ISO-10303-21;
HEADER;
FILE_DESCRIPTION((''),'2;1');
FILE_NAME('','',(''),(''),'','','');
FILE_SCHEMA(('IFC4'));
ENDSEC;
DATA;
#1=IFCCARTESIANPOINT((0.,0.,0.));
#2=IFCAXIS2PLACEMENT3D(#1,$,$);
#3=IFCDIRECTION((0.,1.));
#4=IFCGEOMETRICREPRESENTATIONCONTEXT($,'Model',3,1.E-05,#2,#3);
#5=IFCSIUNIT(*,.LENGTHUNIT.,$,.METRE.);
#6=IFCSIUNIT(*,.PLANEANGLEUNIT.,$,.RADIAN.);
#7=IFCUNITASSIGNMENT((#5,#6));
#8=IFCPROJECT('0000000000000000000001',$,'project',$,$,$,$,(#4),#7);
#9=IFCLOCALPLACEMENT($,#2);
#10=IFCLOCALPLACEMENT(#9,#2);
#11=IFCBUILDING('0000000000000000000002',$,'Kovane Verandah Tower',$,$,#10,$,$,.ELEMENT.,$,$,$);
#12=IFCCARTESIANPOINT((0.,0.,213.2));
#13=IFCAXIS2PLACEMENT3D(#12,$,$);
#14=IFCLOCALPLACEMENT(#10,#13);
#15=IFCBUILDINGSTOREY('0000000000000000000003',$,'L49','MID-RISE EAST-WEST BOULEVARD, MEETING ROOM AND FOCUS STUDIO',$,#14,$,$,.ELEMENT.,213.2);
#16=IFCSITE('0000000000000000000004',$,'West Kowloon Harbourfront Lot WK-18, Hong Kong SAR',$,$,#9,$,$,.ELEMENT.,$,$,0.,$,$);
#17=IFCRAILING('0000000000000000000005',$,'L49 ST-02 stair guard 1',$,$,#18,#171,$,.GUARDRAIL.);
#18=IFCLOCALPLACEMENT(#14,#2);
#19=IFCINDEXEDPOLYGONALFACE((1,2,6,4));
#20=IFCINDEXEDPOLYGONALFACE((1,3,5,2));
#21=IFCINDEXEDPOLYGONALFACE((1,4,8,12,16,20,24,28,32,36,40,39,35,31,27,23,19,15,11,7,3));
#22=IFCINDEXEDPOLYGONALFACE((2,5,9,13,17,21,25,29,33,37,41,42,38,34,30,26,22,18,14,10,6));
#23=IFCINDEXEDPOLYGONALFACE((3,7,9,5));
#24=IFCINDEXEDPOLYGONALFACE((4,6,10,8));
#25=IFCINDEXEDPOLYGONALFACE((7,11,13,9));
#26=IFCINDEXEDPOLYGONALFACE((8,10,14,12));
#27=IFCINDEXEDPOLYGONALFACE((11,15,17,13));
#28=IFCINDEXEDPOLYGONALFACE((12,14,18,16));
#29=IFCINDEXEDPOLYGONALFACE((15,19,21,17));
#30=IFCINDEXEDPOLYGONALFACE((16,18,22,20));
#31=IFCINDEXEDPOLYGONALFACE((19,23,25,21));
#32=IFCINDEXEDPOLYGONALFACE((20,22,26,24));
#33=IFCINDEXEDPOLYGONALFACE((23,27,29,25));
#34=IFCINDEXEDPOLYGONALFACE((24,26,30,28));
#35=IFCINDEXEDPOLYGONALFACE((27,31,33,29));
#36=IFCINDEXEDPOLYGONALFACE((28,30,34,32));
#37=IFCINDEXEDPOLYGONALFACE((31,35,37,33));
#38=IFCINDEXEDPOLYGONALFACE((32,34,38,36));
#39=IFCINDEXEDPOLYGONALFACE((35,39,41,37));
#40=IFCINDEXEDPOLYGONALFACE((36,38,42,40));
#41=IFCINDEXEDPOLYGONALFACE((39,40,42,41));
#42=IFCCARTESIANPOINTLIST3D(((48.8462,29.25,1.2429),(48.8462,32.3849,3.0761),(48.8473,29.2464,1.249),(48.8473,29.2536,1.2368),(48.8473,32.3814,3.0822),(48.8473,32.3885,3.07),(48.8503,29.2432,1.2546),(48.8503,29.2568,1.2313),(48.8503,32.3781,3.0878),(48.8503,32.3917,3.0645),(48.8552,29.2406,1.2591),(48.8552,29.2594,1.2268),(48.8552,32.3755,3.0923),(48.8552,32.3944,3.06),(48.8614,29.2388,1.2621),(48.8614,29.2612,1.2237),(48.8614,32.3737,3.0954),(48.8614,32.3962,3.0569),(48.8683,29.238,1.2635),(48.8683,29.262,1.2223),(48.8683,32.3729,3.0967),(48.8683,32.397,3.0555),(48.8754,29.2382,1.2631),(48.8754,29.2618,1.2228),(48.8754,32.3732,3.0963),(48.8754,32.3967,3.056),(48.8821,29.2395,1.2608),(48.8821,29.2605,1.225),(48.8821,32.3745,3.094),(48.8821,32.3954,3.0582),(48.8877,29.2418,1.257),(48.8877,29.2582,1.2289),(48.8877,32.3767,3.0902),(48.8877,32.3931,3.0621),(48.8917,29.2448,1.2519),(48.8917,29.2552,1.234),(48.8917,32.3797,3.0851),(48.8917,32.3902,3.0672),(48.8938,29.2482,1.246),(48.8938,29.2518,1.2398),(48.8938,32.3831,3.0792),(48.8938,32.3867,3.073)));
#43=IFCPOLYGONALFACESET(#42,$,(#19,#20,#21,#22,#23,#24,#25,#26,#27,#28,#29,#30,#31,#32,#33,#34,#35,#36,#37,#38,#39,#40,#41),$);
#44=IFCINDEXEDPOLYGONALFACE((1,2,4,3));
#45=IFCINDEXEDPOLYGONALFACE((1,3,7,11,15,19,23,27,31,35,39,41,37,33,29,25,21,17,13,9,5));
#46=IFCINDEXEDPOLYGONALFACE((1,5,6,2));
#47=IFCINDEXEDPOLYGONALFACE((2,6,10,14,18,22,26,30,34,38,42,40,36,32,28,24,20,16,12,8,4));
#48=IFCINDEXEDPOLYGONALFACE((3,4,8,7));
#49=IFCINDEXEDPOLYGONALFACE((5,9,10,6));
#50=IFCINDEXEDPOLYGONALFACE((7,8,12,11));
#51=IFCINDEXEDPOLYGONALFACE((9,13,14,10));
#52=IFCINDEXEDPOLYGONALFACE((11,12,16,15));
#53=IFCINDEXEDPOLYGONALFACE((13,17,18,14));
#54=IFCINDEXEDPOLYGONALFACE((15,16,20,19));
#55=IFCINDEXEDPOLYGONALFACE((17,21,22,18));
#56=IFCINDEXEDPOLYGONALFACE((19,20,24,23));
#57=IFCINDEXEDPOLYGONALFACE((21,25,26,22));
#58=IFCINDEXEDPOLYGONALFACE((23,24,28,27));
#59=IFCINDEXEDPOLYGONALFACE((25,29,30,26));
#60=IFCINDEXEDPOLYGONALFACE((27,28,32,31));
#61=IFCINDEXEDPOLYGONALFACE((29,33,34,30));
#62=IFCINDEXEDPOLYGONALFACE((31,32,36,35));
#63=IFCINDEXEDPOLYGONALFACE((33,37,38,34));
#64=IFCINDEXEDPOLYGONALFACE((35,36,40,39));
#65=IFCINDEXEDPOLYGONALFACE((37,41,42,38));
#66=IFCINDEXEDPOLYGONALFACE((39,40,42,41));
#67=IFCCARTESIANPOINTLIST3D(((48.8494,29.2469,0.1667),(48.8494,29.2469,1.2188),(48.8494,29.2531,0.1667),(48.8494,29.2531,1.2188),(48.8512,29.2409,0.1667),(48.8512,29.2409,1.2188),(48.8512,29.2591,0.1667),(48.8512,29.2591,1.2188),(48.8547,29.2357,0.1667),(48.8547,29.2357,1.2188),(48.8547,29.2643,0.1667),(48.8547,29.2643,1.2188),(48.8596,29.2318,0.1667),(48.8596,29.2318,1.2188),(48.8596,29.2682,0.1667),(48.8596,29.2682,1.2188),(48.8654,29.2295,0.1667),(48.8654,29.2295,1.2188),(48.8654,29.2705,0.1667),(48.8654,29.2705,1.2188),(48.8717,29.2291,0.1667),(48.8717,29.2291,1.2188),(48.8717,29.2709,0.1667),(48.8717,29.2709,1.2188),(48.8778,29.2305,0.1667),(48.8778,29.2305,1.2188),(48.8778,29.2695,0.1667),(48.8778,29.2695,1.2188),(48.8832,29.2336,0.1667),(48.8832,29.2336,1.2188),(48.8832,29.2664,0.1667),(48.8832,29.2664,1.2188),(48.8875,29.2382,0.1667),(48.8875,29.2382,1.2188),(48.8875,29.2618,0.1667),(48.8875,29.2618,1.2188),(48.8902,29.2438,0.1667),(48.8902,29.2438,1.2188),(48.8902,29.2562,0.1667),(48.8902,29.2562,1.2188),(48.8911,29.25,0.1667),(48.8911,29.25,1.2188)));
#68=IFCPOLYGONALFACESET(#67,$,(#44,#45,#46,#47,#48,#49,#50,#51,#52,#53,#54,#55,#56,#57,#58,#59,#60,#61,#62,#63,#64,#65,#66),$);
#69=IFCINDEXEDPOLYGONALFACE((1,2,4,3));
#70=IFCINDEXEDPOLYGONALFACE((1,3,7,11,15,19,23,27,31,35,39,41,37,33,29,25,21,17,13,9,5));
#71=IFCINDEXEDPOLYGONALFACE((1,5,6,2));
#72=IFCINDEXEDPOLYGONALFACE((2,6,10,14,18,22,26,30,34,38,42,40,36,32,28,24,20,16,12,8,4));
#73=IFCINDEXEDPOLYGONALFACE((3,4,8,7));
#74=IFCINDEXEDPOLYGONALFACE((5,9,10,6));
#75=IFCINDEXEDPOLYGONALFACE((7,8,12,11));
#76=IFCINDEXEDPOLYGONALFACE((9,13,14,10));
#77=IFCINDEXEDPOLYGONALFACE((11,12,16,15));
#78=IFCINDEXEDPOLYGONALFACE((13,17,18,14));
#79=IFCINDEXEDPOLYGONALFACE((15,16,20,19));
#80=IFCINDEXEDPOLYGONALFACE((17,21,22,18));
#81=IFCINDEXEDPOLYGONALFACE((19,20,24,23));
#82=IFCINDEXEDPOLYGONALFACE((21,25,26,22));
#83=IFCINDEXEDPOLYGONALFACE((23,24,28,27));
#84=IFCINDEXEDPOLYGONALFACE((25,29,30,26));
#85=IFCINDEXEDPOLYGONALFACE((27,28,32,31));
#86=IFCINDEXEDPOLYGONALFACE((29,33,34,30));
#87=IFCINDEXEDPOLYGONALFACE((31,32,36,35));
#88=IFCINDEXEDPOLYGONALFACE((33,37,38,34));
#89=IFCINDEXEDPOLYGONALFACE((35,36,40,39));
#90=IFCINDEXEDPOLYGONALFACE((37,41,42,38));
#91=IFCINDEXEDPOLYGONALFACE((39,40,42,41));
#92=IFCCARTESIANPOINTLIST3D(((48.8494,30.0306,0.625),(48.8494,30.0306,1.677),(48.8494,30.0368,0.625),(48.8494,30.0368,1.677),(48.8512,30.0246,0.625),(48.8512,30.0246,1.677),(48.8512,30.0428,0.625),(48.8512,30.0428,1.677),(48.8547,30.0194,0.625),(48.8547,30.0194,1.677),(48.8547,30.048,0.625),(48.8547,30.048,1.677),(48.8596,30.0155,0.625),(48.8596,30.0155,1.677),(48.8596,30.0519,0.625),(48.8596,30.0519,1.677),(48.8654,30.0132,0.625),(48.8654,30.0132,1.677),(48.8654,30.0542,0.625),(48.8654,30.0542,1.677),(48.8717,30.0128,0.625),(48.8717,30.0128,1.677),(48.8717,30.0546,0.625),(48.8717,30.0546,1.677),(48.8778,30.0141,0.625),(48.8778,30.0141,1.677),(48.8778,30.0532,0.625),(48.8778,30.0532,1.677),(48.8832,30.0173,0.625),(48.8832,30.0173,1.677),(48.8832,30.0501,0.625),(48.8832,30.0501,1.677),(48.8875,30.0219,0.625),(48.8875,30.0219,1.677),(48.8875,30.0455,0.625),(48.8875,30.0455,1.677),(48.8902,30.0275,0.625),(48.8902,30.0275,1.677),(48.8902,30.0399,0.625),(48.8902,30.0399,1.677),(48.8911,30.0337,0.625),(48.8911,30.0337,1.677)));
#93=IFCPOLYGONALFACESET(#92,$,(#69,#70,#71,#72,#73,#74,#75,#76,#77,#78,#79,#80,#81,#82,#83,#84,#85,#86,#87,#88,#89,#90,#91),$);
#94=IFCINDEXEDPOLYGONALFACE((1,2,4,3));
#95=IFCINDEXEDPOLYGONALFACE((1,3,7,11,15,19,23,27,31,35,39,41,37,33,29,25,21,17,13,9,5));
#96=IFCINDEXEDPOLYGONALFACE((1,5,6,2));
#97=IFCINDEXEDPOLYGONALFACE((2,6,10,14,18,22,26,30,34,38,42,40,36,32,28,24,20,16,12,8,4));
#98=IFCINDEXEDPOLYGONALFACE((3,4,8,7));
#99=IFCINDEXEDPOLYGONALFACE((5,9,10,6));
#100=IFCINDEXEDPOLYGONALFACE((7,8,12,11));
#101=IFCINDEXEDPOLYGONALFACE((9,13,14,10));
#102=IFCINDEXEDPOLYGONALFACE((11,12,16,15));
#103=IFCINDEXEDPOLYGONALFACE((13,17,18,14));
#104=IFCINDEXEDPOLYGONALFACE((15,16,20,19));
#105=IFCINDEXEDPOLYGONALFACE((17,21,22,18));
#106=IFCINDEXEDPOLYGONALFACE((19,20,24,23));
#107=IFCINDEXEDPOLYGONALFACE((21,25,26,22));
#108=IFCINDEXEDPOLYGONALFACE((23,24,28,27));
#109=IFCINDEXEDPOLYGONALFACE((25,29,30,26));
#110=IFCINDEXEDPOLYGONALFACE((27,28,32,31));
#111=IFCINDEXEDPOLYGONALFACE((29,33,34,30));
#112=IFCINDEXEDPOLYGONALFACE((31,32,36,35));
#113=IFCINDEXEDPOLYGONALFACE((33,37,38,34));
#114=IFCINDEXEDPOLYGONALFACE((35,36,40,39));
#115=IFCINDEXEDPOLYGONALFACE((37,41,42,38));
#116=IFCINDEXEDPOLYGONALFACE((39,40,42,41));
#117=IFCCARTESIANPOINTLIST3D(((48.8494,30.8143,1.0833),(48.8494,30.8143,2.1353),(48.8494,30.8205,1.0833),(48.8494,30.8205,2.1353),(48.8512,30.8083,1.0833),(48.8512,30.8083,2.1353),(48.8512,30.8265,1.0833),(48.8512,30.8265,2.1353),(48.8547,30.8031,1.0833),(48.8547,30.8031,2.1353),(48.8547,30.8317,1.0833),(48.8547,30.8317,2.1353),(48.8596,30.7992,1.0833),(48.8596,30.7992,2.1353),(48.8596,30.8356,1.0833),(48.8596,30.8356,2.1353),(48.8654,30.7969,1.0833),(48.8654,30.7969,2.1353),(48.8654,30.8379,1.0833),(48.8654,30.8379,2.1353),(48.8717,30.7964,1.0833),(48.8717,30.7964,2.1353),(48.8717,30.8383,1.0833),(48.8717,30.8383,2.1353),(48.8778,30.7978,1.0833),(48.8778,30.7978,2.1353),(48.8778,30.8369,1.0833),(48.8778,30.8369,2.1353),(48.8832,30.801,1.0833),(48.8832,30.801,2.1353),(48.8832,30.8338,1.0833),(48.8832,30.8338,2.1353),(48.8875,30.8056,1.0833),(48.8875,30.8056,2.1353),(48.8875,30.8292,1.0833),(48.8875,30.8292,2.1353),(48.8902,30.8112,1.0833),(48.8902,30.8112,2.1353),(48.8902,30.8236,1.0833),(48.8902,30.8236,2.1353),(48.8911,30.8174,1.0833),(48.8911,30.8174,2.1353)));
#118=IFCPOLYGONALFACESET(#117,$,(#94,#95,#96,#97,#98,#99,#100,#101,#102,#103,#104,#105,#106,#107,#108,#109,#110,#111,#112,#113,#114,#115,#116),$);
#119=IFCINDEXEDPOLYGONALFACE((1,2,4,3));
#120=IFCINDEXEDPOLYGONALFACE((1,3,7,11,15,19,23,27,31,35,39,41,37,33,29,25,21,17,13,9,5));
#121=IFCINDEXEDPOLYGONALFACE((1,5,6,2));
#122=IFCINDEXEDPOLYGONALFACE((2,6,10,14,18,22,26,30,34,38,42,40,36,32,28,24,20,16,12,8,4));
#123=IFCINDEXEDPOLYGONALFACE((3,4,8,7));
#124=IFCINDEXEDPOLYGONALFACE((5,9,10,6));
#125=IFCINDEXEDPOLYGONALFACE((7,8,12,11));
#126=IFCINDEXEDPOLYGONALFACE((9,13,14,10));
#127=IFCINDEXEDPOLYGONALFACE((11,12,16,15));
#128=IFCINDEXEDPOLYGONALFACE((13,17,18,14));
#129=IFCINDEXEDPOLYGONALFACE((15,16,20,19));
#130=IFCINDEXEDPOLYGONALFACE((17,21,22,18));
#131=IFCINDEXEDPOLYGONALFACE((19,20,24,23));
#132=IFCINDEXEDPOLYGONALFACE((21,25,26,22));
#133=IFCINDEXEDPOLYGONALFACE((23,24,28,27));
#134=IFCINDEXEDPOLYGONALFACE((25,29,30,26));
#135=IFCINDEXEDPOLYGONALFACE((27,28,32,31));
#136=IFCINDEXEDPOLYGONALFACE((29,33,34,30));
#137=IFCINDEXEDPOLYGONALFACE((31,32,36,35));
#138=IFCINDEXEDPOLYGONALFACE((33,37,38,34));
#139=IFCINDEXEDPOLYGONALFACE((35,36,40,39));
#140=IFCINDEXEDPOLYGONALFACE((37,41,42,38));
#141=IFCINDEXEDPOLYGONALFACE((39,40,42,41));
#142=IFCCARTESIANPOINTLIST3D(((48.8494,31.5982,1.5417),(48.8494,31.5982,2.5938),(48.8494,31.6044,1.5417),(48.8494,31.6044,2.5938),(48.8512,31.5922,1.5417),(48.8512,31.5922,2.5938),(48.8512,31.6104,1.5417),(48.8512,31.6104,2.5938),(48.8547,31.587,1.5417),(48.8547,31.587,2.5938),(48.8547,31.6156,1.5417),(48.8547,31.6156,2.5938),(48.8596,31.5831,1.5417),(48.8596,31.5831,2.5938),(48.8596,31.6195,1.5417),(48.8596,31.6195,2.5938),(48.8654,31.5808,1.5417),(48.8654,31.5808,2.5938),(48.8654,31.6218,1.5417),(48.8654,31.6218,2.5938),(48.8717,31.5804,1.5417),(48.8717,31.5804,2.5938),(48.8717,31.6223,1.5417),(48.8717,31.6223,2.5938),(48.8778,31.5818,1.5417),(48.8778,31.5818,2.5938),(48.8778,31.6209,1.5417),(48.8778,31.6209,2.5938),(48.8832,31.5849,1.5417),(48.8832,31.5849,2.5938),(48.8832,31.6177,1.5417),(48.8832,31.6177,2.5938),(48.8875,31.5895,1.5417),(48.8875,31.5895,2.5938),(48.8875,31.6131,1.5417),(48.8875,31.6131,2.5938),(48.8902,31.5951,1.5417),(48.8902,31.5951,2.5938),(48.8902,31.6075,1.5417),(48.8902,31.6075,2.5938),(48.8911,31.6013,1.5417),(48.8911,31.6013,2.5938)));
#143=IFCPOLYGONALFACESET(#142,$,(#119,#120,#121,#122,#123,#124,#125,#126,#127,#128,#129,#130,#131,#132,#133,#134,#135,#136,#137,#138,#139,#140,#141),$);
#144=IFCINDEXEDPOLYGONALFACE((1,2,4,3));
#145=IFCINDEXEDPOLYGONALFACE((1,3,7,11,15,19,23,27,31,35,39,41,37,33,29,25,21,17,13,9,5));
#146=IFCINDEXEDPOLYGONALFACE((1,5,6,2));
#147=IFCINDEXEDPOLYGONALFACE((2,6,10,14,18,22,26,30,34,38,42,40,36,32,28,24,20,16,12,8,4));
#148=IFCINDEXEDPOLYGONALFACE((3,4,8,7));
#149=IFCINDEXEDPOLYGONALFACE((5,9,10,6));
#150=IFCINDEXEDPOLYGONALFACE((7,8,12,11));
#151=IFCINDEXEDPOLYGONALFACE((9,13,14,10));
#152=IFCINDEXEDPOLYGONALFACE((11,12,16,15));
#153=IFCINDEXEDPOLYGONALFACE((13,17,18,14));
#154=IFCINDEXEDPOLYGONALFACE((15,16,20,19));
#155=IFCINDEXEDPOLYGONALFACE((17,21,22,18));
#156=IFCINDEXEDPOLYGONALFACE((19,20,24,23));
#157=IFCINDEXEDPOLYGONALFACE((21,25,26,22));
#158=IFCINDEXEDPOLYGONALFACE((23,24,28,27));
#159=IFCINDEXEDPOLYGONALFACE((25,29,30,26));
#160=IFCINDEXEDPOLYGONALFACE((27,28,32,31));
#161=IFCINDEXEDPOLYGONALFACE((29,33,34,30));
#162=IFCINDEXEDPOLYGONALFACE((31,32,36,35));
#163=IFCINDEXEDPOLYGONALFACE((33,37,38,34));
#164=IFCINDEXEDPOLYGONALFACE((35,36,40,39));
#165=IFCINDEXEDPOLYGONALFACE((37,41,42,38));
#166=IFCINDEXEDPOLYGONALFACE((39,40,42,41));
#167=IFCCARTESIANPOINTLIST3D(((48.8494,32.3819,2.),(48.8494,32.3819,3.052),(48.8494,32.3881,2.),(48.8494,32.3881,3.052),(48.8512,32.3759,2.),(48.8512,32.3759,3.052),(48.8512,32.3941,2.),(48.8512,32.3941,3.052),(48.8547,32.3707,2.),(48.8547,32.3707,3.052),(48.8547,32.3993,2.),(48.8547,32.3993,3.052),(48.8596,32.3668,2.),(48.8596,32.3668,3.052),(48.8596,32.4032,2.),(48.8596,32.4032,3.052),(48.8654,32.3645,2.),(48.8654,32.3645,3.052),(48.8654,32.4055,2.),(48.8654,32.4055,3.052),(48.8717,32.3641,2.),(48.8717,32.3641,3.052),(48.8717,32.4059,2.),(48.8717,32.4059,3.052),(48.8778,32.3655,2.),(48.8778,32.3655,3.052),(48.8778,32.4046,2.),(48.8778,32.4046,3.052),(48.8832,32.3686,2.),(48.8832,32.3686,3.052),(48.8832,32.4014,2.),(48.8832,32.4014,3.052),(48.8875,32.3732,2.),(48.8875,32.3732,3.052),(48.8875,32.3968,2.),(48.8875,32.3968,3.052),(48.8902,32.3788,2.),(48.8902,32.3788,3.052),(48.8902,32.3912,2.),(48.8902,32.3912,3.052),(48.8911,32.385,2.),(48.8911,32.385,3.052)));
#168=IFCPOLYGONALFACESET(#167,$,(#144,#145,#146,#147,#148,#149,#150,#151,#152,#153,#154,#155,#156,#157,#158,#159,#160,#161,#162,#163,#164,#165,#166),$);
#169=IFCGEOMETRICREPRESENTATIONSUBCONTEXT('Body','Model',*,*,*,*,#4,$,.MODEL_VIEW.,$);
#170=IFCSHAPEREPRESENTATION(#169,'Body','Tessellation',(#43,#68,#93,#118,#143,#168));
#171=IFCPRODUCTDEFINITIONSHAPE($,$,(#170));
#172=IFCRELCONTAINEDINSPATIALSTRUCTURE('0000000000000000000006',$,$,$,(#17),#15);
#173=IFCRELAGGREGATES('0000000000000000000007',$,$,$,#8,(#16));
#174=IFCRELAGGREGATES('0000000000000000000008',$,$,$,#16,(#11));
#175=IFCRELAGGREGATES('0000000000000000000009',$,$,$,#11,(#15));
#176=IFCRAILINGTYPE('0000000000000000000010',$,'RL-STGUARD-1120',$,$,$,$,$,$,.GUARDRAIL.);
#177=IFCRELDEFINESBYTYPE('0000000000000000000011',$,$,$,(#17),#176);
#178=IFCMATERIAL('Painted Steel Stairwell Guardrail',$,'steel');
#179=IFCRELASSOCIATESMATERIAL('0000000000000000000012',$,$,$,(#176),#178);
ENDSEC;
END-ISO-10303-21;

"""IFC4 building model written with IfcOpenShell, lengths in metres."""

from ifc_helpers import new_model, si_unit, direction, frame, origin, origin_2d, place, context, subcontext, project, spatial, circle, extrude, material, type_object, element, save


model = new_model("IFC4")

# Units and contexts
model_context = context("Model", 3, precision=1e-05, world=origin(), true_north=direction((0.0, 1.0)))
body_context = subcontext(model_context, "Body", "Model", "MODEL_VIEW")
ifc_project = project(units=[si_unit("LENGTHUNIT", "METRE"), si_unit("PLANEANGLEUNIT", "RADIAN")], contexts=[model_context])

# Site, building, storey
site_placement = place(None, origin())
site = spatial("IfcSite", under=ifc_project, at=site_placement, Name="West Kowloon Harbourfront Lot WK-18, Hong Kong SAR", CompositionType="ELEMENT", RefElevation=0.0)
building_placement = place(site_placement, origin())
building = spatial("IfcBuilding", under=site, at=building_placement, Name="Kovane Verandah Tower", CompositionType="ELEMENT")
storey_placement = place(building_placement, frame((0.0, 0.0, 213.2)))
storey = spatial("IfcBuildingStorey", under=building, at=storey_placement, Name="L49", Description="MID-RISE EAST-WEST BOULEVARD, MEETING ROOM AND FOCUS STUDIO", CompositionType="ELEMENT", Elevation=213.2)

# Railing
ifc_material_1 = material(Name="Painted Steel Stairwell Guardrail", Category="steel")
railing_type_1 = type_object("IfcRailingType", Name="RL-STGUARD-1120", PredefinedType="GUARDRAIL", material=ifc_material_1)
railing_1_placement = place(storey_placement, frame((48.8701, 29.25, 0.1667)))
element("IfcRailing", 1, at=railing_1_placement, inside=storey, type_object=railing_type_1, Name="L49 ST-02 stair guard 1", PredefinedType="GUARDRAIL", context=body_context, shape_type="SweptSolid", body=[
    extrude(circle(Radius=0.0239, at=origin_2d()), frame((0.0, 0.0, 1.0762), z_axis=(0.0, 0.86324, 0.504794), x_axis=(-1.0, 0.0, 0.0)), (0.0, 0.0, 1.0), 3.6316),
    extrude(circle(Radius=0.021, at=origin_2d()), origin(), (0.0, 0.0, 1.0), 1.052),
    extrude(circle(Radius=0.021, at=origin_2d()), frame((0.0, 0.7837, 0.4583)), (0.0, 0.0, 1.0), 1.052),
    extrude(circle(Radius=0.021, at=origin_2d()), frame((0.0, 1.5674, 0.9165)), (0.0, 0.0, 1.0), 1.052),
    extrude(circle(Radius=0.021, at=origin_2d()), frame((0.0, 2.3513, 1.375)), (0.0, 0.0, 1.0), 1.052),
    extrude(circle(Radius=0.021, at=origin_2d()), frame((0.0, 3.135, 1.8333)), (0.0, 0.0, 1.0), 1.052),
])

save(model, "model.ifc")
